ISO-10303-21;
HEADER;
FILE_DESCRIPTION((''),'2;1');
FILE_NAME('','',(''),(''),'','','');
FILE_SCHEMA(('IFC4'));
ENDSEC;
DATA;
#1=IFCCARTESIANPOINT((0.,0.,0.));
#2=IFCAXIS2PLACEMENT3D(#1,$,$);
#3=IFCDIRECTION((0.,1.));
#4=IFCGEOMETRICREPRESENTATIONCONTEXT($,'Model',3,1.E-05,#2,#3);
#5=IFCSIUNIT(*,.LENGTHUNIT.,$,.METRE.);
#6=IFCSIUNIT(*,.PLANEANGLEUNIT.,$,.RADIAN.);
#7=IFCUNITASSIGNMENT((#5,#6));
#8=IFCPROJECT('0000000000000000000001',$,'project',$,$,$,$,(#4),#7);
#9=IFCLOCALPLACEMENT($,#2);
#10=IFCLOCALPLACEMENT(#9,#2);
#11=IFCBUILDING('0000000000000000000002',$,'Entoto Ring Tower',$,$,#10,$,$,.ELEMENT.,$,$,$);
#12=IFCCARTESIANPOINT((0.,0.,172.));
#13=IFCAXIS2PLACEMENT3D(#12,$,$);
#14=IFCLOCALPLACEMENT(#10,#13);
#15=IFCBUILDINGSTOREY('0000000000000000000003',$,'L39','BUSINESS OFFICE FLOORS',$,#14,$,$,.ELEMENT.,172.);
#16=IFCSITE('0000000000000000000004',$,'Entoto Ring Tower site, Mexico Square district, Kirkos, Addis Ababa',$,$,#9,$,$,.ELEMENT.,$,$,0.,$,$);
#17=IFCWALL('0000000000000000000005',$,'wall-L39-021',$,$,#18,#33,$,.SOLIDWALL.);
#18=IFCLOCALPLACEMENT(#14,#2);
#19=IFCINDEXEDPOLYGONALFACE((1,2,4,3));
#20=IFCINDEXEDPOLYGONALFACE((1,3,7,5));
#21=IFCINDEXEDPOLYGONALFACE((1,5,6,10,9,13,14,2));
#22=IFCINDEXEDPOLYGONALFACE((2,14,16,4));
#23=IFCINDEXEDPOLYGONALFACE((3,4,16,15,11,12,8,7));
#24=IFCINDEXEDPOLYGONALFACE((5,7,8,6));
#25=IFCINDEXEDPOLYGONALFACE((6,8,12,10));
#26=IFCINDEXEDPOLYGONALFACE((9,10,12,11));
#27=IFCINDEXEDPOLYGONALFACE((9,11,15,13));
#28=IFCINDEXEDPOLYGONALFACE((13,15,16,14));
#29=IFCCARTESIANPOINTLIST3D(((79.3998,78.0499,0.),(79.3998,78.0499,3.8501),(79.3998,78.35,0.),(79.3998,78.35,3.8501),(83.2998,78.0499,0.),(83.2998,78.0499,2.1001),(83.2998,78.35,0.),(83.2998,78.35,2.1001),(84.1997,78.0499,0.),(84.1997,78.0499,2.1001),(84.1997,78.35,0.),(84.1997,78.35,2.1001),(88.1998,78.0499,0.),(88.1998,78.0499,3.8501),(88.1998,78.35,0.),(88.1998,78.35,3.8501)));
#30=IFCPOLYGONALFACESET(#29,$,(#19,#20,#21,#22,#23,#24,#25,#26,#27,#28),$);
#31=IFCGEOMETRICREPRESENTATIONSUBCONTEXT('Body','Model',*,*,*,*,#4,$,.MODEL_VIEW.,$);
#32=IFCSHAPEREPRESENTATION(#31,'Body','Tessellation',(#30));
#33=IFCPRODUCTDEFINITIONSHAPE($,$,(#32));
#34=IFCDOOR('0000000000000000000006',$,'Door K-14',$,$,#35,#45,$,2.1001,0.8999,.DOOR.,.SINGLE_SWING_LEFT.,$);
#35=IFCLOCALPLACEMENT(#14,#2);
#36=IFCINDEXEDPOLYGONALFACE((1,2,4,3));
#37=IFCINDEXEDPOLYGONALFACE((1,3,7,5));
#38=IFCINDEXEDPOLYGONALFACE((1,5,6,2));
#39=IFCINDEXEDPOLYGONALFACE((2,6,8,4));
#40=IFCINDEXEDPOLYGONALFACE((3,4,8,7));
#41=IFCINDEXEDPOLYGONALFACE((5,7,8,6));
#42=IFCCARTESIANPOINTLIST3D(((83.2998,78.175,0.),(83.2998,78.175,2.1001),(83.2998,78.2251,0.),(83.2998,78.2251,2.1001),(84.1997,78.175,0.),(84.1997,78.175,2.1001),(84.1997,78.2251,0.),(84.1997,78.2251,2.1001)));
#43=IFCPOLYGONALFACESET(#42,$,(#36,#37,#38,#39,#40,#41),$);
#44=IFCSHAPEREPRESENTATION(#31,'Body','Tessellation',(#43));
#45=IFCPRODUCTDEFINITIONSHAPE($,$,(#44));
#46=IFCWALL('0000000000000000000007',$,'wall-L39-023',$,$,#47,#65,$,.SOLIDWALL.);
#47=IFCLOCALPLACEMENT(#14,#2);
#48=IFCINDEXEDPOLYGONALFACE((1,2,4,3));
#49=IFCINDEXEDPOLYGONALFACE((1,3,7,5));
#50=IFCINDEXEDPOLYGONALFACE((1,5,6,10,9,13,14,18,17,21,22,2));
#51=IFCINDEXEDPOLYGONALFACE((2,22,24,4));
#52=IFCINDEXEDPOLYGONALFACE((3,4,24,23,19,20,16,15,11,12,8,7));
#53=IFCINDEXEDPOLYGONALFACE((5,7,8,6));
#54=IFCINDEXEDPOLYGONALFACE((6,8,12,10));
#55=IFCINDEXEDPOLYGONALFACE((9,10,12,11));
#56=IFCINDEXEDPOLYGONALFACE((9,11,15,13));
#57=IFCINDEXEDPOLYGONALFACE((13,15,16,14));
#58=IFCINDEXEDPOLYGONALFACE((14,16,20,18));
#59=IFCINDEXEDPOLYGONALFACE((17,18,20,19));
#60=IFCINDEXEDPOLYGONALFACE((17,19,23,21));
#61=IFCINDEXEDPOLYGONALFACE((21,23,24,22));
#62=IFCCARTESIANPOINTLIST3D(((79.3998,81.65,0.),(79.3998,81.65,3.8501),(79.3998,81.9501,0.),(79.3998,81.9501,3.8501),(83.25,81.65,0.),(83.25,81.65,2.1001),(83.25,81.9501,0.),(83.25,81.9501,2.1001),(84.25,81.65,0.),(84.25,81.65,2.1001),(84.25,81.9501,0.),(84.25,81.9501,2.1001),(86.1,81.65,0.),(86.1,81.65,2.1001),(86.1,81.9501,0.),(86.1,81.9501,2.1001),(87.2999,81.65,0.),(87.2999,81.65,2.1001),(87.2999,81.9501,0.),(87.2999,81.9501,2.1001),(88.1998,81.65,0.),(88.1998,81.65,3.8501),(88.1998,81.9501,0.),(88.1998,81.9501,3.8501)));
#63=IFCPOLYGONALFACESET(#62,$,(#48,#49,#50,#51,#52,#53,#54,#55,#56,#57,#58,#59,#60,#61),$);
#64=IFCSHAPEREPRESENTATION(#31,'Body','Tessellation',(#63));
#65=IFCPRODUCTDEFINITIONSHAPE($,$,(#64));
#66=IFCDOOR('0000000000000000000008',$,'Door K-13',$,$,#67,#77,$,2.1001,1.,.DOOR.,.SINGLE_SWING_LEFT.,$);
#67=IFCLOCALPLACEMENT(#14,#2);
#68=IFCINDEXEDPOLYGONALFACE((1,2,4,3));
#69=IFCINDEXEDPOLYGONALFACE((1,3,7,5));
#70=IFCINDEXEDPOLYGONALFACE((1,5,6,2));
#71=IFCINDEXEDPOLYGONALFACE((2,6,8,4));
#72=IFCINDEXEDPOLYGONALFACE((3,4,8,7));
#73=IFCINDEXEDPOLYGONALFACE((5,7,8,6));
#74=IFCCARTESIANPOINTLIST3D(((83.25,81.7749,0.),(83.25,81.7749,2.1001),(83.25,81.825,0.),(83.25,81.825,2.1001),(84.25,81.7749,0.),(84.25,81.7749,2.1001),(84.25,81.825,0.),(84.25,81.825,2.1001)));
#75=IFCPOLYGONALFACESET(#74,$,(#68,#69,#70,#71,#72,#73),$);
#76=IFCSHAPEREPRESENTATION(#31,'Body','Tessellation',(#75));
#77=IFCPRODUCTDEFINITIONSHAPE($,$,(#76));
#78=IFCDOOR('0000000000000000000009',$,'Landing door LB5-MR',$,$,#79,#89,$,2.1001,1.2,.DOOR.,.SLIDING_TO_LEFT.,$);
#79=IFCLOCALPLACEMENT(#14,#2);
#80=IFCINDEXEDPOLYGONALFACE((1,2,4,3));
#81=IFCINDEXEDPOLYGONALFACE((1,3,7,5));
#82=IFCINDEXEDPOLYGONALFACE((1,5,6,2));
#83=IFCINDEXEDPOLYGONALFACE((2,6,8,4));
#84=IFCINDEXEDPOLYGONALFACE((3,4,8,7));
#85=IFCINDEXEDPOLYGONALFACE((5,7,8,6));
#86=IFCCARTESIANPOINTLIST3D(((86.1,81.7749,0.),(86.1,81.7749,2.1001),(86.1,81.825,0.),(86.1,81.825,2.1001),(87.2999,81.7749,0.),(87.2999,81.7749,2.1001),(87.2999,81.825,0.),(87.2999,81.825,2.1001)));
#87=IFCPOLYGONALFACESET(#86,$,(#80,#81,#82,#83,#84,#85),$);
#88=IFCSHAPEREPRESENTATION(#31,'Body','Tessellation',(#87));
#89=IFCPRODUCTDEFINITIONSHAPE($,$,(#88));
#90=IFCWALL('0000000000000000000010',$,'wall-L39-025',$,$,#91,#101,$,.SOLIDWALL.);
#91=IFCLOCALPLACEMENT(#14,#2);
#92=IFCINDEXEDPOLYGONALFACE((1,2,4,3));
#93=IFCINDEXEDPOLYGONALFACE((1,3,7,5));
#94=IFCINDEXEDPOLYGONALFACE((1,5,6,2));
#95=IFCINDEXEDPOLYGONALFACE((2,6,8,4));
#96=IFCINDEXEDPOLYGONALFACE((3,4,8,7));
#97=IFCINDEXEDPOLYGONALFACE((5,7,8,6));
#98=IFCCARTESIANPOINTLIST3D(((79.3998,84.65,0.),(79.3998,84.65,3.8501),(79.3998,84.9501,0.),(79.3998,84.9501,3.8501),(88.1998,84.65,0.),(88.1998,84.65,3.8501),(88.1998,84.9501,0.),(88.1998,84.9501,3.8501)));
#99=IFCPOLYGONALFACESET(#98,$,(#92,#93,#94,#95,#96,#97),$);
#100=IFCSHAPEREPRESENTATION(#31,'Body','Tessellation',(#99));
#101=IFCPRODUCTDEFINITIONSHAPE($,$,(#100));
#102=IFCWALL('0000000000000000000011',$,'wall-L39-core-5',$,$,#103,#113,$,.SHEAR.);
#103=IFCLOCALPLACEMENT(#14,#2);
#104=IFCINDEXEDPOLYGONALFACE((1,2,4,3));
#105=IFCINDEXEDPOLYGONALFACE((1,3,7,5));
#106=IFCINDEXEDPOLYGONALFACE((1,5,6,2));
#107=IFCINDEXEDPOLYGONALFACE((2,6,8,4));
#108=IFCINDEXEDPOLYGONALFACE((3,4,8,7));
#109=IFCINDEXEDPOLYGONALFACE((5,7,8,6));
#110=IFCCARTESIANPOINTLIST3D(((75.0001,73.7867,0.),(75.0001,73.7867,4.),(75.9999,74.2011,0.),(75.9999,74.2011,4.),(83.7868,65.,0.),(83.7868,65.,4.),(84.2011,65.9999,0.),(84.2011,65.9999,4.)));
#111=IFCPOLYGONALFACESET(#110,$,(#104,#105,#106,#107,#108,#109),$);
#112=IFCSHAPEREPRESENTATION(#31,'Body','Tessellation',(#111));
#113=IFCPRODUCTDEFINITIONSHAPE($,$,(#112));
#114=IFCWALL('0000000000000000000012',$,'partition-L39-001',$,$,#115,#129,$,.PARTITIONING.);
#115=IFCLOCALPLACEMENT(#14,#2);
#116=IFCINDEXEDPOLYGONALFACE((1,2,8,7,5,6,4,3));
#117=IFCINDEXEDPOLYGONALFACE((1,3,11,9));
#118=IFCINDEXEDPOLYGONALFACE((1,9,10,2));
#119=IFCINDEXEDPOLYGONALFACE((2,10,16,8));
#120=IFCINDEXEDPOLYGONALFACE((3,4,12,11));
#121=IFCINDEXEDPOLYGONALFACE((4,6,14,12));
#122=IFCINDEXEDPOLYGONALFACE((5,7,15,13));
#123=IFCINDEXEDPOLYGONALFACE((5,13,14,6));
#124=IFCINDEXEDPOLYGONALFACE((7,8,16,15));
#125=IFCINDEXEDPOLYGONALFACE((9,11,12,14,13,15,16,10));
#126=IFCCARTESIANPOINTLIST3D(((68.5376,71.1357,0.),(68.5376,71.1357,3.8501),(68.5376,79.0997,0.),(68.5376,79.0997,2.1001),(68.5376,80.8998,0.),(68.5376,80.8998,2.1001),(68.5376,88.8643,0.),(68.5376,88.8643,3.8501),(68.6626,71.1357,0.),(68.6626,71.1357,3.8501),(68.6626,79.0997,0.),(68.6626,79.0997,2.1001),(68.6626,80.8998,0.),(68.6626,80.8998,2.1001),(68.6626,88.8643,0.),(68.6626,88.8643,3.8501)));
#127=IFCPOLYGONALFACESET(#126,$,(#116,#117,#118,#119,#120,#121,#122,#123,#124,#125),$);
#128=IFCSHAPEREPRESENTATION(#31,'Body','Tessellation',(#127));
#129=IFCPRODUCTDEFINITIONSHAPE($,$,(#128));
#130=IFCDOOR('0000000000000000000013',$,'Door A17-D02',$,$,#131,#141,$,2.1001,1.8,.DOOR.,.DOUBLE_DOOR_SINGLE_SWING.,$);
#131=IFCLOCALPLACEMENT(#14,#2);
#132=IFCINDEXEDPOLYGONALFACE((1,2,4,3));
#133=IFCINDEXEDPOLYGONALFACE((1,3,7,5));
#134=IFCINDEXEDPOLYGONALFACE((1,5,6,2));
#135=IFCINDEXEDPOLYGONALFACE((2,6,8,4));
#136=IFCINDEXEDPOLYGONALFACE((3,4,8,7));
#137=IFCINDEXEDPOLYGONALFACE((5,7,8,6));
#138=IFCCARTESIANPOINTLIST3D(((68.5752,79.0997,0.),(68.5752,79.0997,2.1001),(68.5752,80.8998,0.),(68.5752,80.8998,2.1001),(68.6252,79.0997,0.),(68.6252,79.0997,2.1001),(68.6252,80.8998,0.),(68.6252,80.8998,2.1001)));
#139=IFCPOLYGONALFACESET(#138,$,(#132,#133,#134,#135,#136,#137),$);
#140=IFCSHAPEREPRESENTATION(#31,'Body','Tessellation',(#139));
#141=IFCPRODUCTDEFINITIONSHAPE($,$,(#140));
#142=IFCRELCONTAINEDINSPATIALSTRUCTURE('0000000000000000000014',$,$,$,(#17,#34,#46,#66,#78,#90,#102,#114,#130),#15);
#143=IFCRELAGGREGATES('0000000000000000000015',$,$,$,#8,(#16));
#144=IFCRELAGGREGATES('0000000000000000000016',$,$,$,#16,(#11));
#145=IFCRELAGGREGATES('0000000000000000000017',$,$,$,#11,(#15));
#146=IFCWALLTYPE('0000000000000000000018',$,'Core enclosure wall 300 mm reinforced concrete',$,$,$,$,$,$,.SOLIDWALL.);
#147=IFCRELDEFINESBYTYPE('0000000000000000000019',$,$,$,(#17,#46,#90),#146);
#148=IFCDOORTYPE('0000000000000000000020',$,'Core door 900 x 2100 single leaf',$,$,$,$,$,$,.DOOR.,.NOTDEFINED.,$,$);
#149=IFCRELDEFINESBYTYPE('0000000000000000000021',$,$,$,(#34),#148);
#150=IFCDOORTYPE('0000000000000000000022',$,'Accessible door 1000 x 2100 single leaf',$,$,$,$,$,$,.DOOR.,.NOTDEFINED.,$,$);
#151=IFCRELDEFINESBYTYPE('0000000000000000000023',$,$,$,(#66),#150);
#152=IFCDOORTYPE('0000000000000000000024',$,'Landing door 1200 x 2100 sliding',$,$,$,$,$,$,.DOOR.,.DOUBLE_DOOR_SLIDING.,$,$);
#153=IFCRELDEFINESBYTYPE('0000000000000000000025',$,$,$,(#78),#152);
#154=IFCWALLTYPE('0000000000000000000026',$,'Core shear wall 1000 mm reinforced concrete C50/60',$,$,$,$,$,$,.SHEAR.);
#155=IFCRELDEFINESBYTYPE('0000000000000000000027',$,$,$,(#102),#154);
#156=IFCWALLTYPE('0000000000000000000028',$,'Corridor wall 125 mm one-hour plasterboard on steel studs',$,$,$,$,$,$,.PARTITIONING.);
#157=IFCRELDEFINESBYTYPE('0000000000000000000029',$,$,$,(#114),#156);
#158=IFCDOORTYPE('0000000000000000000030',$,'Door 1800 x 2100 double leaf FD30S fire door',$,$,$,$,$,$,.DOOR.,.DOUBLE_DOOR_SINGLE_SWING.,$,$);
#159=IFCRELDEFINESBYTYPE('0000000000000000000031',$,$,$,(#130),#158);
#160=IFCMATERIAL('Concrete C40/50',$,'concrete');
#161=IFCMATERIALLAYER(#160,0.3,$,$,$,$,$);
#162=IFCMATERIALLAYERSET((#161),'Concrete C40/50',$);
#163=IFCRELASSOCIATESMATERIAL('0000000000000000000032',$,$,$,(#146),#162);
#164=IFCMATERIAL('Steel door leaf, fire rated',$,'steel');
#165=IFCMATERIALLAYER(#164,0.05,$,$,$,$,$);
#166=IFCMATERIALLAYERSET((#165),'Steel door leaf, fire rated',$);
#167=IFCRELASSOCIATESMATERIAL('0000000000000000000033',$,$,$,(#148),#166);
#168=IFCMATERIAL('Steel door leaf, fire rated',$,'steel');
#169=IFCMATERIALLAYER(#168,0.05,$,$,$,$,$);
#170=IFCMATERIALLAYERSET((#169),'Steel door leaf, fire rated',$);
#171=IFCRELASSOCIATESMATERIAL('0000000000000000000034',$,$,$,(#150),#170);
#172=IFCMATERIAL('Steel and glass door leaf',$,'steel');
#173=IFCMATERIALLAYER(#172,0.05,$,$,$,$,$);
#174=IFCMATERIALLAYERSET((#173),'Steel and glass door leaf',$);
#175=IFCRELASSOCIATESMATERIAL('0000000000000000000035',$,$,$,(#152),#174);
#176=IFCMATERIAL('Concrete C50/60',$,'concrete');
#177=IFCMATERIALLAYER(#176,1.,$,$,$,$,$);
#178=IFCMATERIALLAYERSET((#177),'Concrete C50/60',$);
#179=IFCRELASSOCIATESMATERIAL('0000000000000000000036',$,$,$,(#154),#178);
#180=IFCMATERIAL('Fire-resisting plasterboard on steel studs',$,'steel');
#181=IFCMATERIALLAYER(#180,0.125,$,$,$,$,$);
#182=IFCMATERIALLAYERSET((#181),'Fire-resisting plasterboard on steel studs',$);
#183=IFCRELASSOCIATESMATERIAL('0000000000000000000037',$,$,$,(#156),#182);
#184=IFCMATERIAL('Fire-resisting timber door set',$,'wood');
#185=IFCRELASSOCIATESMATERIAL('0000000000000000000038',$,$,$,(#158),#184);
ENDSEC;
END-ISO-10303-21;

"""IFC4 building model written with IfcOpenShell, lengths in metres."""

from ifc_helpers import new_model, si_unit, direction, frame, frame_2d, origin, place, context, subcontext, project, spatial, polyline, rectangle, outline, extrude, material, layer, layer_set, type_object, element, fill, save


model = new_model("IFC4")

# Units and contexts
model_context = context("Model", 3, precision=1e-05, world=origin(), true_north=direction((0.0, 1.0)))
body_context = subcontext(model_context, "Body", "Model", "MODEL_VIEW")
ifc_project = project(units=[si_unit("LENGTHUNIT", "METRE"), si_unit("PLANEANGLEUNIT", "RADIAN")], contexts=[model_context])

# Site, building, storey
site_placement = place(None, origin())
site = spatial("IfcSite", under=ifc_project, at=site_placement, Name="Entoto Ring Tower site, Mexico Square district, Kirkos, Addis Ababa", CompositionType="ELEMENT", RefElevation=0.0)
building_placement = place(site_placement, origin())
building = spatial("IfcBuilding", under=site, at=building_placement, Name="Entoto Ring Tower", CompositionType="ELEMENT")
storey_placement = place(building_placement, frame((0.0, 0.0, 172.0)))
storey = spatial("IfcBuildingStorey", under=building, at=storey_placement, Name="L39", Description="BUSINESS OFFICE FLOORS", CompositionType="ELEMENT", Elevation=172.0)

# Shared definitions
ifc_material_1 = material(Name="Concrete C40/50", Category="concrete")
ifc_layer_1 = layer(ifc_material_1, 0.3)
ifc_layer_set_1 = layer_set([ifc_layer_1], Name="Concrete C40/50")
wall_type_1 = type_object("IfcWallType", Name="Core enclosure wall 300 mm reinforced concrete", PredefinedType="SOLIDWALL", material=ifc_layer_set_1)

# Wall, opening, door
wall_1_placement = place(storey_placement, frame((79.3999, 78.2, 0.0), z_axis=(0.0, 0.0, 1.0), x_axis=(1.0, 0.0, 0.0)))
wall_1 = element("IfcWall", 1, at=wall_1_placement, inside=storey, type_object=wall_type_1, Name="wall-L39-021", PredefinedType="SOLIDWALL", context=body_context, shape_type="SweptSolid", body=[
    extrude(rectangle(XDim=8.8, YDim=0.3, at=frame_2d((4.3999, 0.0))), origin(), (0.0, 0.0, 1.0), 3.8501),
])
opening_1_placement = place(wall_1_placement, frame((3.8999, 0.0, 0.0)))
opening_1 = element("IfcOpeningElement", 2, at=opening_1_placement, cuts=wall_1, PredefinedType="OPENING", context=body_context, shape_type="SweptSolid", body=[
    extrude(rectangle(XDim=0.8999, YDim=2.1001, at=frame_2d((0.45, 1.05))), frame((0.0, 0.1602, 0.0), z_axis=(0.0, -1.0, 0.0), x_axis=(1.0, 0.0, 0.0)), (0.0, 0.0, 1.0), 0.3201),
])
ifc_material_2 = material(Name="Steel door leaf, fire rated", Category="steel")
ifc_layer_2 = layer(ifc_material_2, 0.05)
ifc_layer_set_2 = layer_set([ifc_layer_2], Name="Steel door leaf, fire rated")
door_type_1 = type_object("IfcDoorType", Name="Core door 900 x 2100 single leaf", OperationType="NOTDEFINED", PredefinedType="DOOR", material=ifc_layer_set_2)
door_1_placement = place(opening_1_placement, frame((0.8999, 0.0, 0.0), z_axis=(0.0, 0.0, 1.0), x_axis=(-1.0, 0.0, 0.0)))
door_1 = element("IfcDoor", 3, at=door_1_placement, inside=storey, type_object=door_type_1, Name="Door K-14", OperationType="SINGLE_SWING_LEFT", OverallHeight=2.1001, OverallWidth=0.8999, PredefinedType="DOOR", context=body_context, shape_type="SweptSolid", body=[
    extrude(rectangle(XDim=0.8999, YDim=2.1001, at=frame_2d((0.45, 1.05))), frame((0.0, 0.0249, 0.0), z_axis=(0.0, -1.0, 0.0), x_axis=(1.0, 0.0, 0.0)), (0.0, 0.0, 1.0), 0.05),
])
fill(opening_1, door_1)

# Wall, openings, doors
wall_2_placement = place(storey_placement, frame((79.3999, 81.8, 0.0), z_axis=(0.0, 0.0, 1.0), x_axis=(1.0, 0.0, 0.0)))
wall_2 = element("IfcWall", 4, at=wall_2_placement, inside=storey, type_object=wall_type_1, Name="wall-L39-023", PredefinedType="SOLIDWALL", context=body_context, shape_type="SweptSolid", body=[
    extrude(rectangle(XDim=8.8, YDim=0.3, at=frame_2d((4.3999, 0.0))), origin(), (0.0, 0.0, 1.0), 3.8501),
])
opening_2_placement = place(wall_2_placement, frame((6.7, 0.0, 0.0)))
opening_2 = element("IfcOpeningElement", 5, at=opening_2_placement, cuts=wall_2, PredefinedType="OPENING", context=body_context, shape_type="SweptSolid", body=[
    extrude(rectangle(XDim=1.2, YDim=2.1001, at=frame_2d((0.6001, 1.05))), frame((0.0, 0.1602, 0.0), z_axis=(0.0, -1.0, 0.0), x_axis=(1.0, 0.0, 0.0)), (0.0, 0.0, 1.0), 0.3201),
])
opening_3_placement = place(wall_2_placement, frame((3.8501, 0.0, 0.0)))
opening_3 = element("IfcOpeningElement", 6, at=opening_3_placement, cuts=wall_2, PredefinedType="OPENING", context=body_context, shape_type="SweptSolid", body=[
    extrude(rectangle(XDim=1.0, YDim=2.1001, at=frame_2d((0.5, 1.05))), frame((0.0, 0.1602, 0.0), z_axis=(0.0, -1.0, 0.0), x_axis=(1.0, 0.0, 0.0)), (0.0, 0.0, 1.0), 0.3201),
])
ifc_material_3 = material(Name="Steel door leaf, fire rated", Category="steel")
ifc_layer_3 = layer(ifc_material_3, 0.05)
ifc_layer_set_3 = layer_set([ifc_layer_3], Name="Steel door leaf, fire rated")
door_type_2 = type_object("IfcDoorType", Name="Accessible door 1000 x 2100 single leaf", OperationType="NOTDEFINED", PredefinedType="DOOR", material=ifc_layer_set_3)
door_2_placement = place(opening_3_placement, origin())
door_2 = element("IfcDoor", 7, at=door_2_placement, inside=storey, type_object=door_type_2, Name="Door K-13", OperationType="SINGLE_SWING_LEFT", OverallHeight=2.1001, OverallWidth=1.0, PredefinedType="DOOR", context=body_context, shape_type="SweptSolid", body=[
    extrude(rectangle(XDim=1.0, YDim=2.1001, at=frame_2d((0.5, 1.05))), frame((0.0, 0.0249, 0.0), z_axis=(0.0, -1.0, 0.0), x_axis=(1.0, 0.0, 0.0)), (0.0, 0.0, 1.0), 0.05),
])
fill(opening_3, door_2)
ifc_material_4 = material(Name="Steel and glass door leaf", Category="steel")
ifc_layer_4 = layer(ifc_material_4, 0.05)
ifc_layer_set_4 = layer_set([ifc_layer_4], Name="Steel and glass door leaf")
door_type_3 = type_object("IfcDoorType", Name="Landing door 1200 x 2100 sliding", OperationType="DOUBLE_DOOR_SLIDING", PredefinedType="DOOR", material=ifc_layer_set_4)
door_3_placement = place(opening_2_placement, origin())
door_3 = element("IfcDoor", 8, at=door_3_placement, inside=storey, type_object=door_type_3, Name="Landing door LB5-MR", OperationType="SLIDING_TO_LEFT", OverallHeight=2.1001, OverallWidth=1.2, PredefinedType="DOOR", context=body_context, shape_type="SweptSolid", body=[
    extrude(rectangle(XDim=1.2, YDim=2.1001, at=frame_2d((0.6001, 1.05))), frame((0.0, 0.0249, 0.0), z_axis=(0.0, -1.0, 0.0), x_axis=(1.0, 0.0, 0.0)), (0.0, 0.0, 1.0), 0.05),
])
fill(opening_2, door_3)

# Walls
wall_3_placement = place(storey_placement, frame((79.3999, 84.8, 0.0), z_axis=(0.0, 0.0, 1.0), x_axis=(1.0, 0.0, 0.0)))
element("IfcWall", 9, at=wall_3_placement, inside=storey, type_object=wall_type_1, Name="wall-L39-025", PredefinedType="SOLIDWALL", context=body_context, shape_type="SweptSolid", body=[
    extrude(rectangle(XDim=8.8, YDim=0.3, at=frame_2d((4.3999, 0.0))), origin(), (0.0, 0.0, 1.0), 3.8501),
])
ifc_material_5 = material(Name="Concrete C50/60", Category="concrete")
ifc_layer_5 = layer(ifc_material_5, 1.0)
ifc_layer_set_5 = layer_set([ifc_layer_5], Name="Concrete C50/60")
wall_type_2 = type_object("IfcWallType", Name="Core shear wall 1000 mm reinforced concrete C50/60", PredefinedType="SHEAR", material=ifc_layer_set_5)
wall_4_placement = place(storey_placement, frame((75.5, 73.9939, 0.0), z_axis=(0.0, 0.0, 1.0), x_axis=(0.707107, -0.707107, 0.0)))
element("IfcWall", 10, at=wall_4_placement, inside=storey, type_object=wall_type_2, Name="wall-L39-core-5", PredefinedType="SHEAR", context=body_context, shape_type="SweptSolid", body=[
    extrude(outline(polyline([(-0.207, -0.5), (12.2192, -0.5), (11.8052, 0.5), (0.207, 0.5), (-0.207, -0.5)])), origin(), (0.0, 0.0, 1.0), 4.0),
])

# Wall, opening, door
ifc_material_6 = material(Name="Fire-resisting plasterboard on steel studs", Category="steel")
ifc_layer_6 = layer(ifc_material_6, 0.125)
ifc_layer_set_6 = layer_set([ifc_layer_6], Name="Fire-resisting plasterboard on steel studs")
wall_type_3 = type_object("IfcWallType", Name="Corridor wall 125 mm one-hour plasterboard on steel studs", PredefinedType="PARTITIONING", material=ifc_layer_set_6)
wall_5_placement = place(storey_placement, frame((68.6001, 71.1357, 0.0), z_axis=(0.0, 0.0, 1.0), x_axis=(0.0, 1.0, 0.0)))
wall_5 = element("IfcWall", 11, at=wall_5_placement, inside=storey, type_object=wall_type_3, Name="partition-L39-001", PredefinedType="PARTITIONING", context=body_context, shape_type="SweptSolid", body=[
    extrude(rectangle(XDim=17.7285, YDim=0.125, at=frame_2d((8.8643, 0.0))), origin(), (0.0, 0.0, 1.0), 3.8501),
])
opening_4_placement = place(wall_5_placement, frame((7.9641, 0.0, 0.0)))
opening_4 = element("IfcOpeningElement", 12, at=opening_4_placement, cuts=wall_5, PredefinedType="OPENING", context=body_context, shape_type="SweptSolid", body=[
    extrude(rectangle(XDim=1.8, YDim=2.1001, at=frame_2d((0.8999, 1.05))), frame((0.0, 0.0725, 0.0), z_axis=(0.0, -1.0, 0.0), x_axis=(1.0, 0.0, 0.0)), (0.0, 0.0, 1.0), 0.145),
])
ifc_material_7 = material(Name="Fire-resisting timber door set", Category="wood")
door_type_4 = type_object("IfcDoorType", Name="Door 1800 x 2100 double leaf FD30S fire door", OperationType="DOUBLE_DOOR_SINGLE_SWING", PredefinedType="DOOR", material=ifc_material_7)
door_4_placement = place(opening_4_placement, origin())
door_4 = element("IfcDoor", 13, at=door_4_placement, inside=storey, type_object=door_type_4, Name="Door A17-D02", OperationType="DOUBLE_DOOR_SINGLE_SWING", OverallHeight=2.1001, OverallWidth=1.8, PredefinedType="DOOR", context=body_context, shape_type="SweptSolid", body=[
    extrude(rectangle(XDim=1.8, YDim=2.1001, at=frame_2d((0.8999, 1.05))), frame((0.0, 0.0249, 0.0), z_axis=(0.0, -1.0, 0.0), x_axis=(1.0, 0.0, 0.0)), (0.0, 0.0, 1.0), 0.05),
])
fill(opening_4, door_4)

save(model, "model.ifc")
